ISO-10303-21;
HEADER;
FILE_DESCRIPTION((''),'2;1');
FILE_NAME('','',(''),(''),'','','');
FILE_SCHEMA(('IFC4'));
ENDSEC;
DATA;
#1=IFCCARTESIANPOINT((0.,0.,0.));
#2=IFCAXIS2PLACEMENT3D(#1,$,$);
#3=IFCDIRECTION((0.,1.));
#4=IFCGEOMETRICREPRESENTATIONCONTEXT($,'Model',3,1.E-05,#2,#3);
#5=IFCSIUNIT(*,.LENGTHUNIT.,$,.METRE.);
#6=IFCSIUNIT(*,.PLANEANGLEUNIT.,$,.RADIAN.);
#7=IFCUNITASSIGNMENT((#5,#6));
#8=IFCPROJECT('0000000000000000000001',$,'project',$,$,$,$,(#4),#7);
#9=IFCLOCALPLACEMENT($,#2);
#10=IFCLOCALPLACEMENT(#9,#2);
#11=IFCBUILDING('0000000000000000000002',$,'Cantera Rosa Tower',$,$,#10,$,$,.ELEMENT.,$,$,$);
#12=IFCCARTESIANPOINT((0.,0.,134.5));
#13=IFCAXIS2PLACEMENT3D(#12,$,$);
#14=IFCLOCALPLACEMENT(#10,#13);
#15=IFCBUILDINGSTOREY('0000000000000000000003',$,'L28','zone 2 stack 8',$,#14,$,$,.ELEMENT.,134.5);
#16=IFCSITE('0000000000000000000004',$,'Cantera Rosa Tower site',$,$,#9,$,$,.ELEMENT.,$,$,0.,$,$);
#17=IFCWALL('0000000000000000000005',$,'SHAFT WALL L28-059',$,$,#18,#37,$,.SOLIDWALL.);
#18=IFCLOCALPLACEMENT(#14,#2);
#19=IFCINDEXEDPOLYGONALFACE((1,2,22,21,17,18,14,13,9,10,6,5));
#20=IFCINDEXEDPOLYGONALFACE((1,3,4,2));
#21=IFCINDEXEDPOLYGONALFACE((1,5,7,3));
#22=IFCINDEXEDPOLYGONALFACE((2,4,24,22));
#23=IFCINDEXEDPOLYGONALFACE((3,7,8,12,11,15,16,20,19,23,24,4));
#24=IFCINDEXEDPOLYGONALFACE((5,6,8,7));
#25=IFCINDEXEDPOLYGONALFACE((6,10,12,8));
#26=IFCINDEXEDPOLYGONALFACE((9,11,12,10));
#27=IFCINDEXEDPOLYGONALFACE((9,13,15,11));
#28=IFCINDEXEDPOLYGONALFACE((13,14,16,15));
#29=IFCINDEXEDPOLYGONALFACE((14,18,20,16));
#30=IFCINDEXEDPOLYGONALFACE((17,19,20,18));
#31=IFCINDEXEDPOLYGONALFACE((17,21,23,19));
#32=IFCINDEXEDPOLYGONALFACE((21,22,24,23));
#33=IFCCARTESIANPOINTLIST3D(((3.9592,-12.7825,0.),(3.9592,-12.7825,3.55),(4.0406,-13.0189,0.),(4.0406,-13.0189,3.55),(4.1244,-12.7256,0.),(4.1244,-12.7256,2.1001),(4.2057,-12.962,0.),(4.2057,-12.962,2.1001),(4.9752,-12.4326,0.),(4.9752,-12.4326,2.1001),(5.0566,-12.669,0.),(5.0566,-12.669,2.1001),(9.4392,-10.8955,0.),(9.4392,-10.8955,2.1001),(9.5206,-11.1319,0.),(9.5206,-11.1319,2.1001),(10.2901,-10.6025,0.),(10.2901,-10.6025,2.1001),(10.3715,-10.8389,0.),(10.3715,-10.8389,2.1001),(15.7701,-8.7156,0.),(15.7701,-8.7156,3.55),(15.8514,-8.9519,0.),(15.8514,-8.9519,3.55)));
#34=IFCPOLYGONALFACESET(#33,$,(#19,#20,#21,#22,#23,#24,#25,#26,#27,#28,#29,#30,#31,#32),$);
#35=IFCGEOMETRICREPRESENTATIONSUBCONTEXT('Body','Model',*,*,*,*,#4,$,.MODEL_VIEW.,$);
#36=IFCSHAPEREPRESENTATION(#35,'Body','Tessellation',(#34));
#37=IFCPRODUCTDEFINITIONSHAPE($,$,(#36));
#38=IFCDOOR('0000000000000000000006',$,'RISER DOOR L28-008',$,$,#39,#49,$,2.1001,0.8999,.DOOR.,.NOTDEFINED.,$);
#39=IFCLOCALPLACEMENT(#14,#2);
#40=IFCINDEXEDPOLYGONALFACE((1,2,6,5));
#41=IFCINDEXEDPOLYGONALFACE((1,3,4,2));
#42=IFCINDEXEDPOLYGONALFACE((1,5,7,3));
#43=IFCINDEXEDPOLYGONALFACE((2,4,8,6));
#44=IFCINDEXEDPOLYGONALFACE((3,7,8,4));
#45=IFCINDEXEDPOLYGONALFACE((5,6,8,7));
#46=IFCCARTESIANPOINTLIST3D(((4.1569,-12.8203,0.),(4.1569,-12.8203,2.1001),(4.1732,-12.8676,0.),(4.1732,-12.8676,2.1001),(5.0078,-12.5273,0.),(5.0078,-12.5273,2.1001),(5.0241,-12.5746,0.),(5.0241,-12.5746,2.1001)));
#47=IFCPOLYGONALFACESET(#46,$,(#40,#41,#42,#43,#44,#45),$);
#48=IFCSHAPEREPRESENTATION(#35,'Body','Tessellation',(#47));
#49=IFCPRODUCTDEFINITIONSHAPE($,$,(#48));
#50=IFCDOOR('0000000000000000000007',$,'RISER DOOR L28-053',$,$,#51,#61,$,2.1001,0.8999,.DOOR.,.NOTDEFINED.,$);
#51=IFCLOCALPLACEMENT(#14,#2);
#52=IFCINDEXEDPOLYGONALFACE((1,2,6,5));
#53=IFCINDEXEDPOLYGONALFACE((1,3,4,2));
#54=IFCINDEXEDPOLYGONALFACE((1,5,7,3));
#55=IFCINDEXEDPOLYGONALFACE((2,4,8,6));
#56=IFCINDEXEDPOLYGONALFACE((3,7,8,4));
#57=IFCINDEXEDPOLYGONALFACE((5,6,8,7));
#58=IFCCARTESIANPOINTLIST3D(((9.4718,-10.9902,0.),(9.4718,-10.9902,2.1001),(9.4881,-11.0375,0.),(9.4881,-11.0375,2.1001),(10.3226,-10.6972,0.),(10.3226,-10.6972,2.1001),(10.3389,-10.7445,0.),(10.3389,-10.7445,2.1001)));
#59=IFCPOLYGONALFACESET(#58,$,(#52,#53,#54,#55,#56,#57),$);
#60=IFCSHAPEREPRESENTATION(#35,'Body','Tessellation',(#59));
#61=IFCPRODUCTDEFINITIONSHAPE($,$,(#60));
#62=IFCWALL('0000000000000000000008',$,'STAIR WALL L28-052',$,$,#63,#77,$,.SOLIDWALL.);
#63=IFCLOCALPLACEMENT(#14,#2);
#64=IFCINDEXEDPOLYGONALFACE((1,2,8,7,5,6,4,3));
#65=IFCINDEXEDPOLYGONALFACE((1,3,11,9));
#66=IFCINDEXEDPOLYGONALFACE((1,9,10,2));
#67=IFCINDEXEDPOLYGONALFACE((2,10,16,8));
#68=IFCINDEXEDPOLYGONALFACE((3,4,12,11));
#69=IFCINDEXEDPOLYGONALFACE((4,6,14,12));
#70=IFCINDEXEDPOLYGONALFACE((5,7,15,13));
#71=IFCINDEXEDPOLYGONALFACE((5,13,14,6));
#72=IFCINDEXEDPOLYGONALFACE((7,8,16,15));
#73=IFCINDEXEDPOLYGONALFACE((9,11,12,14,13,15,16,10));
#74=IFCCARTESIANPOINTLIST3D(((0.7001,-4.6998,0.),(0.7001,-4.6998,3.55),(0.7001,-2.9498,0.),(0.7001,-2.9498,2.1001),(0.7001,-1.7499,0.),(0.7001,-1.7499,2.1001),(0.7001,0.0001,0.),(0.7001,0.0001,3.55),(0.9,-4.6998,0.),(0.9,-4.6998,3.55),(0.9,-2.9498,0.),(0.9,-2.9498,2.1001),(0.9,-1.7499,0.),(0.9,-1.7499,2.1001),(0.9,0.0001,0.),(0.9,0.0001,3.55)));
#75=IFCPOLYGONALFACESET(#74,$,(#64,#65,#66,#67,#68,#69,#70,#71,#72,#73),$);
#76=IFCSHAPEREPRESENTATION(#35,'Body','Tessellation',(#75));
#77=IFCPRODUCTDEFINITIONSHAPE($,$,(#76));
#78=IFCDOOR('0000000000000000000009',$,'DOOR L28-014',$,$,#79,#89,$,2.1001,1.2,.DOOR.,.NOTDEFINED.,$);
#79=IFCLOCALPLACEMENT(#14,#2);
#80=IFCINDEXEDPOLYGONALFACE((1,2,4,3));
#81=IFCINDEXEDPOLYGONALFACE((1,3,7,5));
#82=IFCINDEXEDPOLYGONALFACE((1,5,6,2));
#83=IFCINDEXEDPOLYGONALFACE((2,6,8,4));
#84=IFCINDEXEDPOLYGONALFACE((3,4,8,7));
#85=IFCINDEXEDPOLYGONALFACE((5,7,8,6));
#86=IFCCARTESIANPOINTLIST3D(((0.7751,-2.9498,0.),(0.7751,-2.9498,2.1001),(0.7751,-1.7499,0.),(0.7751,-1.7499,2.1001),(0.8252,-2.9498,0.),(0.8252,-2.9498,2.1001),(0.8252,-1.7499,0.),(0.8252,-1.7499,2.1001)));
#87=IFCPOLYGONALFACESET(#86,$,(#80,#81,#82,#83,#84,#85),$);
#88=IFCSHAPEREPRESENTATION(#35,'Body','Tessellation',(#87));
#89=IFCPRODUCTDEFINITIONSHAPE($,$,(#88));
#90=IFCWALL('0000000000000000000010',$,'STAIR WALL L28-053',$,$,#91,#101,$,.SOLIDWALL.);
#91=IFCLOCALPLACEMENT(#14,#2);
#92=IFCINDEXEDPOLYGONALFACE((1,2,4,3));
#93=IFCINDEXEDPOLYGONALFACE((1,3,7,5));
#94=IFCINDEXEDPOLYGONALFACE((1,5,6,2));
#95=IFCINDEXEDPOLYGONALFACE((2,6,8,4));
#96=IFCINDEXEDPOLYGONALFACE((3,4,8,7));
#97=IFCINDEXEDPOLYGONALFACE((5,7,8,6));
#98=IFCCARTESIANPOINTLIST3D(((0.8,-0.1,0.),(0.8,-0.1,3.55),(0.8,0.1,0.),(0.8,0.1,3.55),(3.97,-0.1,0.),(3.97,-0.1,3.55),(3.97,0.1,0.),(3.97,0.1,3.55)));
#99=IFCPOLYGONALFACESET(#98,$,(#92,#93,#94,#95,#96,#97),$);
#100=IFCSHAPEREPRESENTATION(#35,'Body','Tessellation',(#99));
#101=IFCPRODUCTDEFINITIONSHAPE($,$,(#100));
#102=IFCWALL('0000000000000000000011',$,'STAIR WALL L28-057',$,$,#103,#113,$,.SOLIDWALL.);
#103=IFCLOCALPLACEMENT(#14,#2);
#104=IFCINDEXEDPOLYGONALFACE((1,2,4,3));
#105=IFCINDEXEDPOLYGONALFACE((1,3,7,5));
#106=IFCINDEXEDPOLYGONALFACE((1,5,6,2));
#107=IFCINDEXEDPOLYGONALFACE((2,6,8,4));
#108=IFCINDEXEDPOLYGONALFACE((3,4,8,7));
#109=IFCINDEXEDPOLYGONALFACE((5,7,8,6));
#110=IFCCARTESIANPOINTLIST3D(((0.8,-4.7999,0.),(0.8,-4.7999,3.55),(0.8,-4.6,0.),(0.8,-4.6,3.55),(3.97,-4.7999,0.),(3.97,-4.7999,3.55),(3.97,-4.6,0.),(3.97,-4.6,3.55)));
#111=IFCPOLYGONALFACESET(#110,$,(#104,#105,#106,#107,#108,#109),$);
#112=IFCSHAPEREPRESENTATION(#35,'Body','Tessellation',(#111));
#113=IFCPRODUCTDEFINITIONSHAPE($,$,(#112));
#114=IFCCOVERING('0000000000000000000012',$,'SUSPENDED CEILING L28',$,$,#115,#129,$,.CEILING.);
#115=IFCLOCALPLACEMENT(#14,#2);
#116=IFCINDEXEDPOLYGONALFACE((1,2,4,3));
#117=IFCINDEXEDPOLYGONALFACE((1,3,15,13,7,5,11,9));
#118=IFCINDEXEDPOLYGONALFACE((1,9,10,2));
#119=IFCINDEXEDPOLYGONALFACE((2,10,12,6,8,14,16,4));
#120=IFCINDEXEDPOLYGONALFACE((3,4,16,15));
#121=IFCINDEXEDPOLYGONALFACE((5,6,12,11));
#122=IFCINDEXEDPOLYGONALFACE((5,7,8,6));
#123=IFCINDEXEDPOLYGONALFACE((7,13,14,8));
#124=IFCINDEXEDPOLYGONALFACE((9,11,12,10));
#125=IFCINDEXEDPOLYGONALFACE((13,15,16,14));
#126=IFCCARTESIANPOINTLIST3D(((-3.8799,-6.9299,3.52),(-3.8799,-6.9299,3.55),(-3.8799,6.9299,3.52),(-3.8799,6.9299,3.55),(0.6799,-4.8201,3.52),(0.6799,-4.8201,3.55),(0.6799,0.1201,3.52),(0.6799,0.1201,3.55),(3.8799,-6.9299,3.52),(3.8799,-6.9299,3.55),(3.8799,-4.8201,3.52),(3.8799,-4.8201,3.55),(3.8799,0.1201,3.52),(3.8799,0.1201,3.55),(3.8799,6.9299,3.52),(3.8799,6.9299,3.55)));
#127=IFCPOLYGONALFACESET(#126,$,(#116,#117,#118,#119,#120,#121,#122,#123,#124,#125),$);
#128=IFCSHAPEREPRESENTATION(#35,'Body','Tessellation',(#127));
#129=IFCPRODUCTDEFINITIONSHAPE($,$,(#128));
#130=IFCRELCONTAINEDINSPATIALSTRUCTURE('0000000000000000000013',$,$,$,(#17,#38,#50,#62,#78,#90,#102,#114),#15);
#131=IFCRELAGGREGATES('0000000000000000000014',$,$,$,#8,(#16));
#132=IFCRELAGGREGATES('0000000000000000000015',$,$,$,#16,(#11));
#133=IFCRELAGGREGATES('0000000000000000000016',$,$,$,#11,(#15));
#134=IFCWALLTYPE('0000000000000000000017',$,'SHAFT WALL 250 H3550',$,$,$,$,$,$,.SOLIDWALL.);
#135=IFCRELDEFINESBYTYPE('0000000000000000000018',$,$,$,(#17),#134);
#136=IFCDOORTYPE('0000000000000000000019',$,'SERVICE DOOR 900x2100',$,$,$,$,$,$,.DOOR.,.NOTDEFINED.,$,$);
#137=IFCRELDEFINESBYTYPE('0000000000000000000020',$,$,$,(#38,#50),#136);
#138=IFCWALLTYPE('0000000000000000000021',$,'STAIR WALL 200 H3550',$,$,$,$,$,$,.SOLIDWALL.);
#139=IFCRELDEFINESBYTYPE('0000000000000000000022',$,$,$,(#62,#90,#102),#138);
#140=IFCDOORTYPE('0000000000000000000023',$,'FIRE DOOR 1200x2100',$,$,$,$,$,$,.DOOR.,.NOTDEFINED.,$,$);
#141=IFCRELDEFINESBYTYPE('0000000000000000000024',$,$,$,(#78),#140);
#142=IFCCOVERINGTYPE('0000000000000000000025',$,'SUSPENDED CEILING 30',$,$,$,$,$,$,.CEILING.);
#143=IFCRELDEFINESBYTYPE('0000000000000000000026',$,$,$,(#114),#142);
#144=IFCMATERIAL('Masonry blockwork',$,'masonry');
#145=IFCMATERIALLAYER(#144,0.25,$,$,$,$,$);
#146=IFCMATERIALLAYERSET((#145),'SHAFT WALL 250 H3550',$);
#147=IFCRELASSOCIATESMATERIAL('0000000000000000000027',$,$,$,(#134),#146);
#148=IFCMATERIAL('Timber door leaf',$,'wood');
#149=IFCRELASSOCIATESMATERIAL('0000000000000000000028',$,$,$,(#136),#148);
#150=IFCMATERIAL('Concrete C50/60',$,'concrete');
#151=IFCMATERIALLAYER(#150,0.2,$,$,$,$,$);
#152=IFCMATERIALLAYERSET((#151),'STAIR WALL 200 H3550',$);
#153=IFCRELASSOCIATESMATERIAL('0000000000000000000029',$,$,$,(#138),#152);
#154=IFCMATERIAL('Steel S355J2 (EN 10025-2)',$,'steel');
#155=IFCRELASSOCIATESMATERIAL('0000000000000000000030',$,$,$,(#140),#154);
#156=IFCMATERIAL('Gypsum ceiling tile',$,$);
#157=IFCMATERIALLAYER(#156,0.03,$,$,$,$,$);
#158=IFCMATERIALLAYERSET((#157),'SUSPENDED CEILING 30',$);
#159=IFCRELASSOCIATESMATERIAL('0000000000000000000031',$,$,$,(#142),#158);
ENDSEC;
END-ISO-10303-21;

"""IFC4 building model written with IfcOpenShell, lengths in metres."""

from ifc_helpers import new_model, si_unit, direction, frame, frame_2d, origin, place, context, subcontext, project, spatial, polyline, rectangle, outline, extrude, material, layer, layer_set, type_object, element, fill, save


model = new_model("IFC4")

# Units and contexts
model_context = context("Model", 3, precision=1e-05, world=origin(), true_north=direction((0.0, 1.0)))
body_context = subcontext(model_context, "Body", "Model", "MODEL_VIEW")
ifc_project = project(units=[si_unit("LENGTHUNIT", "METRE"), si_unit("PLANEANGLEUNIT", "RADIAN")], contexts=[model_context])

# Site, building, storey
site_placement = place(None, origin())
site = spatial("IfcSite", under=ifc_project, at=site_placement, Name="Cantera Rosa Tower site", CompositionType="ELEMENT", RefElevation=0.0)
building_placement = place(site_placement, origin())
building = spatial("IfcBuilding", under=site, at=building_placement, Name="Cantera Rosa Tower", CompositionType="ELEMENT")
storey_placement = place(building_placement, frame((0.0, 0.0, 134.5)))
storey = spatial("IfcBuildingStorey", under=building, at=storey_placement, Name="L28", Description="zone 2 stack 8", CompositionType="ELEMENT", Elevation=134.5)

# Shared definitions
ifc_material_1 = material(Name="Masonry blockwork", Category="masonry")
ifc_layer_1 = layer(ifc_material_1, 0.25)
ifc_layer_set_1 = layer_set([ifc_layer_1], Name="SHAFT WALL 250 H3550")
wall_type_1 = type_object("IfcWallType", Name="SHAFT WALL 250 H3550", PredefinedType="SOLIDWALL", material=ifc_layer_set_1)

# Wall, openings, doors
wall_1_placement = place(storey_placement, frame((4.0, -12.9006, 0.0), z_axis=(0.0, 0.0, 1.0), x_axis=(0.945516, 0.325576, 0.0)))
wall_1 = element("IfcWall", 1, at=wall_1_placement, inside=storey, type_object=wall_type_1, Name="SHAFT WALL L28-059", PredefinedType="SOLIDWALL", context=body_context, shape_type="SweptSolid", body=[
    extrude(rectangle(XDim=12.4915, YDim=0.25, at=frame_2d((6.2456, 0.0))), origin(), (0.0, 0.0, 1.0), 3.55),
])
opening_1_placement = place(wall_1_placement, frame((0.1746, 0.0, 0.0)))
opening_1 = element("IfcOpeningElement", 2, at=opening_1_placement, cuts=wall_1, PredefinedType="OPENING", context=body_context, shape_type="SweptSolid", body=[
    extrude(rectangle(XDim=0.8999, YDim=2.1001, at=frame_2d((0.45, 1.05))), frame((0.0, 0.135, 0.0), z_axis=(0.0, -1.0, 0.0), x_axis=(1.0, 0.0, 0.0)), (0.0, 0.0, 1.0), 0.27),
])
opening_2_placement = place(wall_1_placement, frame((5.7957, 0.0, 0.0)))
opening_2 = element("IfcOpeningElement", 3, at=opening_2_placement, cuts=wall_1, PredefinedType="OPENING", context=body_context, shape_type="SweptSolid", body=[
    extrude(rectangle(XDim=0.8999, YDim=2.1001, at=frame_2d((0.45, 1.05))), frame((0.0, 0.135, 0.0), z_axis=(0.0, -1.0, 0.0), x_axis=(1.0, 0.0, 0.0)), (0.0, 0.0, 1.0), 0.27),
])
ifc_material_2 = material(Name="Timber door leaf", Category="wood")
door_type_1 = type_object("IfcDoorType", Name="SERVICE DOOR 900x2100", OperationType="NOTDEFINED", PredefinedType="DOOR", material=ifc_material_2)
door_1_placement = place(opening_1_placement, origin())
door_1 = element("IfcDoor", 4, at=door_1_placement, inside=storey, type_object=door_type_1, Name="RISER DOOR L28-008", OperationType="NOTDEFINED", OverallHeight=2.1001, OverallWidth=0.8999, PredefinedType="DOOR", context=body_context, shape_type="SweptSolid", body=[
    extrude(rectangle(XDim=0.8999, YDim=2.1001, at=frame_2d((0.45, 1.05))), frame((0.0, 0.0249, 0.0), z_axis=(0.0, -1.0, 0.0), x_axis=(1.0, 0.0, 0.0)), (0.0, 0.0, 1.0), 0.05),
])
fill(opening_1, door_1)
door_2_placement = place(opening_2_placement, origin())
door_2 = element("IfcDoor", 5, at=door_2_placement, inside=storey, type_object=door_type_1, Name="RISER DOOR L28-053", OperationType="NOTDEFINED", OverallHeight=2.1001, OverallWidth=0.8999, PredefinedType="DOOR", context=body_context, shape_type="SweptSolid", body=[
    extrude(rectangle(XDim=0.8999, YDim=2.1001, at=frame_2d((0.45, 1.05))), frame((0.0, 0.0249, 0.0), z_axis=(0.0, -1.0, 0.0), x_axis=(1.0, 0.0, 0.0)), (0.0, 0.0, 1.0), 0.05),
])
fill(opening_2, door_2)

# Wall, opening, door
ifc_material_3 = material(Name="Concrete C50/60", Category="concrete")
ifc_layer_2 = layer(ifc_material_3, 0.2)
ifc_layer_set_2 = layer_set([ifc_layer_2], Name="STAIR WALL 200 H3550")
wall_type_2 = type_object("IfcWallType", Name="STAIR WALL 200 H3550", PredefinedType="SOLIDWALL", material=ifc_layer_set_2)
wall_2_placement = place(storey_placement, frame((0.8, -4.7, 0.0), z_axis=(0.0, 0.0, 1.0), x_axis=(0.0, 1.0, 0.0)))
wall_2 = element("IfcWall", 6, at=wall_2_placement, inside=storey, type_object=wall_type_2, Name="STAIR WALL L28-052", PredefinedType="SOLIDWALL", context=body_context, shape_type="SweptSolid", body=[
    extrude(rectangle(XDim=4.7, YDim=0.2, at=frame_2d((2.3501, 0.0))), origin(), (0.0, 0.0, 1.0), 3.55),
])
opening_3_placement = place(wall_2_placement, frame((1.75, 0.0, 0.0)))
opening_3 = element("IfcOpeningElement", 7, at=opening_3_placement, cuts=wall_2, PredefinedType="OPENING", context=body_context, shape_type="SweptSolid", body=[
    extrude(rectangle(XDim=1.2, YDim=2.1001, at=frame_2d((0.6001, 1.05))), frame((0.0, 0.1099, 0.0), z_axis=(0.0, -1.0, 0.0), x_axis=(1.0, 0.0, 0.0)), (0.0, 0.0, 1.0), 0.22),
])
ifc_material_4 = material(Name="Steel S355J2 (EN 10025-2)", Category="steel")
door_type_2 = type_object("IfcDoorType", Name="FIRE DOOR 1200x2100", OperationType="NOTDEFINED", PredefinedType="DOOR", material=ifc_material_4)
door_3_placement = place(opening_3_placement, origin())
door_3 = element("IfcDoor", 8, at=door_3_placement, inside=storey, type_object=door_type_2, Name="DOOR L28-014", OperationType="NOTDEFINED", OverallHeight=2.1001, OverallWidth=1.2, PredefinedType="DOOR", context=body_context, shape_type="SweptSolid", body=[
    extrude(rectangle(XDim=1.2, YDim=2.1001, at=frame_2d((0.6001, 1.05))), frame((0.0, 0.0249, 0.0), z_axis=(0.0, -1.0, 0.0), x_axis=(1.0, 0.0, 0.0)), (0.0, 0.0, 1.0), 0.05),
])
fill(opening_3, door_3)

# Walls
for number, where, z_axis, x_axis, name in (
    (9, (0.8, 0.0, 0.0), (0.0, 0.0, 1.0), (1.0, 0.0, 0.0), "STAIR WALL L28-053"),
    (10, (3.97, -4.7, 0.0), (0.0, 0.0, 1.0), (-1.0, 0.0, 0.0), "STAIR WALL L28-057"),
):
    element("IfcWall", number, at=place(storey_placement, frame(where, z_axis=z_axis, x_axis=x_axis)), inside=storey, type_object=wall_type_2, Name=name, PredefinedType="SOLIDWALL", context=body_context, shape_type="SweptSolid", body=[
        extrude(rectangle(XDim=3.1699, YDim=0.2, at=frame_2d((1.585, 0.0))), origin(), (0.0, 0.0, 1.0), 3.55),
    ])

# Covering
ifc_material_5 = material(Name="Gypsum ceiling tile")
ifc_layer_3 = layer(ifc_material_5, 0.03)
ifc_layer_set_3 = layer_set([ifc_layer_3], Name="SUSPENDED CEILING 30")
covering_type = type_object("IfcCoveringType", Name="SUSPENDED CEILING 30", PredefinedType="CEILING", material=ifc_layer_set_3)
covering_placement = place(storey_placement, frame((0.0, 0.0, 3.52)))
element("IfcCovering", 11, at=covering_placement, inside=storey, type_object=covering_type, Name="SUSPENDED CEILING L28", PredefinedType="CEILING", context=body_context, shape_type="SweptSolid", body=[
    extrude(outline(polyline([(3.8799, 6.9299), (3.8799, 0.1201), (0.6799, 0.1201), (0.6799, -4.8201), (3.8799, -4.8201), (3.8799, -6.9299), (-3.8799, -6.9299), (-3.8799, 6.9299), (3.8799, 6.9299)])), origin(), (0.0, 0.0, 1.0), 0.03),
])

save(model, "model.ifc")
